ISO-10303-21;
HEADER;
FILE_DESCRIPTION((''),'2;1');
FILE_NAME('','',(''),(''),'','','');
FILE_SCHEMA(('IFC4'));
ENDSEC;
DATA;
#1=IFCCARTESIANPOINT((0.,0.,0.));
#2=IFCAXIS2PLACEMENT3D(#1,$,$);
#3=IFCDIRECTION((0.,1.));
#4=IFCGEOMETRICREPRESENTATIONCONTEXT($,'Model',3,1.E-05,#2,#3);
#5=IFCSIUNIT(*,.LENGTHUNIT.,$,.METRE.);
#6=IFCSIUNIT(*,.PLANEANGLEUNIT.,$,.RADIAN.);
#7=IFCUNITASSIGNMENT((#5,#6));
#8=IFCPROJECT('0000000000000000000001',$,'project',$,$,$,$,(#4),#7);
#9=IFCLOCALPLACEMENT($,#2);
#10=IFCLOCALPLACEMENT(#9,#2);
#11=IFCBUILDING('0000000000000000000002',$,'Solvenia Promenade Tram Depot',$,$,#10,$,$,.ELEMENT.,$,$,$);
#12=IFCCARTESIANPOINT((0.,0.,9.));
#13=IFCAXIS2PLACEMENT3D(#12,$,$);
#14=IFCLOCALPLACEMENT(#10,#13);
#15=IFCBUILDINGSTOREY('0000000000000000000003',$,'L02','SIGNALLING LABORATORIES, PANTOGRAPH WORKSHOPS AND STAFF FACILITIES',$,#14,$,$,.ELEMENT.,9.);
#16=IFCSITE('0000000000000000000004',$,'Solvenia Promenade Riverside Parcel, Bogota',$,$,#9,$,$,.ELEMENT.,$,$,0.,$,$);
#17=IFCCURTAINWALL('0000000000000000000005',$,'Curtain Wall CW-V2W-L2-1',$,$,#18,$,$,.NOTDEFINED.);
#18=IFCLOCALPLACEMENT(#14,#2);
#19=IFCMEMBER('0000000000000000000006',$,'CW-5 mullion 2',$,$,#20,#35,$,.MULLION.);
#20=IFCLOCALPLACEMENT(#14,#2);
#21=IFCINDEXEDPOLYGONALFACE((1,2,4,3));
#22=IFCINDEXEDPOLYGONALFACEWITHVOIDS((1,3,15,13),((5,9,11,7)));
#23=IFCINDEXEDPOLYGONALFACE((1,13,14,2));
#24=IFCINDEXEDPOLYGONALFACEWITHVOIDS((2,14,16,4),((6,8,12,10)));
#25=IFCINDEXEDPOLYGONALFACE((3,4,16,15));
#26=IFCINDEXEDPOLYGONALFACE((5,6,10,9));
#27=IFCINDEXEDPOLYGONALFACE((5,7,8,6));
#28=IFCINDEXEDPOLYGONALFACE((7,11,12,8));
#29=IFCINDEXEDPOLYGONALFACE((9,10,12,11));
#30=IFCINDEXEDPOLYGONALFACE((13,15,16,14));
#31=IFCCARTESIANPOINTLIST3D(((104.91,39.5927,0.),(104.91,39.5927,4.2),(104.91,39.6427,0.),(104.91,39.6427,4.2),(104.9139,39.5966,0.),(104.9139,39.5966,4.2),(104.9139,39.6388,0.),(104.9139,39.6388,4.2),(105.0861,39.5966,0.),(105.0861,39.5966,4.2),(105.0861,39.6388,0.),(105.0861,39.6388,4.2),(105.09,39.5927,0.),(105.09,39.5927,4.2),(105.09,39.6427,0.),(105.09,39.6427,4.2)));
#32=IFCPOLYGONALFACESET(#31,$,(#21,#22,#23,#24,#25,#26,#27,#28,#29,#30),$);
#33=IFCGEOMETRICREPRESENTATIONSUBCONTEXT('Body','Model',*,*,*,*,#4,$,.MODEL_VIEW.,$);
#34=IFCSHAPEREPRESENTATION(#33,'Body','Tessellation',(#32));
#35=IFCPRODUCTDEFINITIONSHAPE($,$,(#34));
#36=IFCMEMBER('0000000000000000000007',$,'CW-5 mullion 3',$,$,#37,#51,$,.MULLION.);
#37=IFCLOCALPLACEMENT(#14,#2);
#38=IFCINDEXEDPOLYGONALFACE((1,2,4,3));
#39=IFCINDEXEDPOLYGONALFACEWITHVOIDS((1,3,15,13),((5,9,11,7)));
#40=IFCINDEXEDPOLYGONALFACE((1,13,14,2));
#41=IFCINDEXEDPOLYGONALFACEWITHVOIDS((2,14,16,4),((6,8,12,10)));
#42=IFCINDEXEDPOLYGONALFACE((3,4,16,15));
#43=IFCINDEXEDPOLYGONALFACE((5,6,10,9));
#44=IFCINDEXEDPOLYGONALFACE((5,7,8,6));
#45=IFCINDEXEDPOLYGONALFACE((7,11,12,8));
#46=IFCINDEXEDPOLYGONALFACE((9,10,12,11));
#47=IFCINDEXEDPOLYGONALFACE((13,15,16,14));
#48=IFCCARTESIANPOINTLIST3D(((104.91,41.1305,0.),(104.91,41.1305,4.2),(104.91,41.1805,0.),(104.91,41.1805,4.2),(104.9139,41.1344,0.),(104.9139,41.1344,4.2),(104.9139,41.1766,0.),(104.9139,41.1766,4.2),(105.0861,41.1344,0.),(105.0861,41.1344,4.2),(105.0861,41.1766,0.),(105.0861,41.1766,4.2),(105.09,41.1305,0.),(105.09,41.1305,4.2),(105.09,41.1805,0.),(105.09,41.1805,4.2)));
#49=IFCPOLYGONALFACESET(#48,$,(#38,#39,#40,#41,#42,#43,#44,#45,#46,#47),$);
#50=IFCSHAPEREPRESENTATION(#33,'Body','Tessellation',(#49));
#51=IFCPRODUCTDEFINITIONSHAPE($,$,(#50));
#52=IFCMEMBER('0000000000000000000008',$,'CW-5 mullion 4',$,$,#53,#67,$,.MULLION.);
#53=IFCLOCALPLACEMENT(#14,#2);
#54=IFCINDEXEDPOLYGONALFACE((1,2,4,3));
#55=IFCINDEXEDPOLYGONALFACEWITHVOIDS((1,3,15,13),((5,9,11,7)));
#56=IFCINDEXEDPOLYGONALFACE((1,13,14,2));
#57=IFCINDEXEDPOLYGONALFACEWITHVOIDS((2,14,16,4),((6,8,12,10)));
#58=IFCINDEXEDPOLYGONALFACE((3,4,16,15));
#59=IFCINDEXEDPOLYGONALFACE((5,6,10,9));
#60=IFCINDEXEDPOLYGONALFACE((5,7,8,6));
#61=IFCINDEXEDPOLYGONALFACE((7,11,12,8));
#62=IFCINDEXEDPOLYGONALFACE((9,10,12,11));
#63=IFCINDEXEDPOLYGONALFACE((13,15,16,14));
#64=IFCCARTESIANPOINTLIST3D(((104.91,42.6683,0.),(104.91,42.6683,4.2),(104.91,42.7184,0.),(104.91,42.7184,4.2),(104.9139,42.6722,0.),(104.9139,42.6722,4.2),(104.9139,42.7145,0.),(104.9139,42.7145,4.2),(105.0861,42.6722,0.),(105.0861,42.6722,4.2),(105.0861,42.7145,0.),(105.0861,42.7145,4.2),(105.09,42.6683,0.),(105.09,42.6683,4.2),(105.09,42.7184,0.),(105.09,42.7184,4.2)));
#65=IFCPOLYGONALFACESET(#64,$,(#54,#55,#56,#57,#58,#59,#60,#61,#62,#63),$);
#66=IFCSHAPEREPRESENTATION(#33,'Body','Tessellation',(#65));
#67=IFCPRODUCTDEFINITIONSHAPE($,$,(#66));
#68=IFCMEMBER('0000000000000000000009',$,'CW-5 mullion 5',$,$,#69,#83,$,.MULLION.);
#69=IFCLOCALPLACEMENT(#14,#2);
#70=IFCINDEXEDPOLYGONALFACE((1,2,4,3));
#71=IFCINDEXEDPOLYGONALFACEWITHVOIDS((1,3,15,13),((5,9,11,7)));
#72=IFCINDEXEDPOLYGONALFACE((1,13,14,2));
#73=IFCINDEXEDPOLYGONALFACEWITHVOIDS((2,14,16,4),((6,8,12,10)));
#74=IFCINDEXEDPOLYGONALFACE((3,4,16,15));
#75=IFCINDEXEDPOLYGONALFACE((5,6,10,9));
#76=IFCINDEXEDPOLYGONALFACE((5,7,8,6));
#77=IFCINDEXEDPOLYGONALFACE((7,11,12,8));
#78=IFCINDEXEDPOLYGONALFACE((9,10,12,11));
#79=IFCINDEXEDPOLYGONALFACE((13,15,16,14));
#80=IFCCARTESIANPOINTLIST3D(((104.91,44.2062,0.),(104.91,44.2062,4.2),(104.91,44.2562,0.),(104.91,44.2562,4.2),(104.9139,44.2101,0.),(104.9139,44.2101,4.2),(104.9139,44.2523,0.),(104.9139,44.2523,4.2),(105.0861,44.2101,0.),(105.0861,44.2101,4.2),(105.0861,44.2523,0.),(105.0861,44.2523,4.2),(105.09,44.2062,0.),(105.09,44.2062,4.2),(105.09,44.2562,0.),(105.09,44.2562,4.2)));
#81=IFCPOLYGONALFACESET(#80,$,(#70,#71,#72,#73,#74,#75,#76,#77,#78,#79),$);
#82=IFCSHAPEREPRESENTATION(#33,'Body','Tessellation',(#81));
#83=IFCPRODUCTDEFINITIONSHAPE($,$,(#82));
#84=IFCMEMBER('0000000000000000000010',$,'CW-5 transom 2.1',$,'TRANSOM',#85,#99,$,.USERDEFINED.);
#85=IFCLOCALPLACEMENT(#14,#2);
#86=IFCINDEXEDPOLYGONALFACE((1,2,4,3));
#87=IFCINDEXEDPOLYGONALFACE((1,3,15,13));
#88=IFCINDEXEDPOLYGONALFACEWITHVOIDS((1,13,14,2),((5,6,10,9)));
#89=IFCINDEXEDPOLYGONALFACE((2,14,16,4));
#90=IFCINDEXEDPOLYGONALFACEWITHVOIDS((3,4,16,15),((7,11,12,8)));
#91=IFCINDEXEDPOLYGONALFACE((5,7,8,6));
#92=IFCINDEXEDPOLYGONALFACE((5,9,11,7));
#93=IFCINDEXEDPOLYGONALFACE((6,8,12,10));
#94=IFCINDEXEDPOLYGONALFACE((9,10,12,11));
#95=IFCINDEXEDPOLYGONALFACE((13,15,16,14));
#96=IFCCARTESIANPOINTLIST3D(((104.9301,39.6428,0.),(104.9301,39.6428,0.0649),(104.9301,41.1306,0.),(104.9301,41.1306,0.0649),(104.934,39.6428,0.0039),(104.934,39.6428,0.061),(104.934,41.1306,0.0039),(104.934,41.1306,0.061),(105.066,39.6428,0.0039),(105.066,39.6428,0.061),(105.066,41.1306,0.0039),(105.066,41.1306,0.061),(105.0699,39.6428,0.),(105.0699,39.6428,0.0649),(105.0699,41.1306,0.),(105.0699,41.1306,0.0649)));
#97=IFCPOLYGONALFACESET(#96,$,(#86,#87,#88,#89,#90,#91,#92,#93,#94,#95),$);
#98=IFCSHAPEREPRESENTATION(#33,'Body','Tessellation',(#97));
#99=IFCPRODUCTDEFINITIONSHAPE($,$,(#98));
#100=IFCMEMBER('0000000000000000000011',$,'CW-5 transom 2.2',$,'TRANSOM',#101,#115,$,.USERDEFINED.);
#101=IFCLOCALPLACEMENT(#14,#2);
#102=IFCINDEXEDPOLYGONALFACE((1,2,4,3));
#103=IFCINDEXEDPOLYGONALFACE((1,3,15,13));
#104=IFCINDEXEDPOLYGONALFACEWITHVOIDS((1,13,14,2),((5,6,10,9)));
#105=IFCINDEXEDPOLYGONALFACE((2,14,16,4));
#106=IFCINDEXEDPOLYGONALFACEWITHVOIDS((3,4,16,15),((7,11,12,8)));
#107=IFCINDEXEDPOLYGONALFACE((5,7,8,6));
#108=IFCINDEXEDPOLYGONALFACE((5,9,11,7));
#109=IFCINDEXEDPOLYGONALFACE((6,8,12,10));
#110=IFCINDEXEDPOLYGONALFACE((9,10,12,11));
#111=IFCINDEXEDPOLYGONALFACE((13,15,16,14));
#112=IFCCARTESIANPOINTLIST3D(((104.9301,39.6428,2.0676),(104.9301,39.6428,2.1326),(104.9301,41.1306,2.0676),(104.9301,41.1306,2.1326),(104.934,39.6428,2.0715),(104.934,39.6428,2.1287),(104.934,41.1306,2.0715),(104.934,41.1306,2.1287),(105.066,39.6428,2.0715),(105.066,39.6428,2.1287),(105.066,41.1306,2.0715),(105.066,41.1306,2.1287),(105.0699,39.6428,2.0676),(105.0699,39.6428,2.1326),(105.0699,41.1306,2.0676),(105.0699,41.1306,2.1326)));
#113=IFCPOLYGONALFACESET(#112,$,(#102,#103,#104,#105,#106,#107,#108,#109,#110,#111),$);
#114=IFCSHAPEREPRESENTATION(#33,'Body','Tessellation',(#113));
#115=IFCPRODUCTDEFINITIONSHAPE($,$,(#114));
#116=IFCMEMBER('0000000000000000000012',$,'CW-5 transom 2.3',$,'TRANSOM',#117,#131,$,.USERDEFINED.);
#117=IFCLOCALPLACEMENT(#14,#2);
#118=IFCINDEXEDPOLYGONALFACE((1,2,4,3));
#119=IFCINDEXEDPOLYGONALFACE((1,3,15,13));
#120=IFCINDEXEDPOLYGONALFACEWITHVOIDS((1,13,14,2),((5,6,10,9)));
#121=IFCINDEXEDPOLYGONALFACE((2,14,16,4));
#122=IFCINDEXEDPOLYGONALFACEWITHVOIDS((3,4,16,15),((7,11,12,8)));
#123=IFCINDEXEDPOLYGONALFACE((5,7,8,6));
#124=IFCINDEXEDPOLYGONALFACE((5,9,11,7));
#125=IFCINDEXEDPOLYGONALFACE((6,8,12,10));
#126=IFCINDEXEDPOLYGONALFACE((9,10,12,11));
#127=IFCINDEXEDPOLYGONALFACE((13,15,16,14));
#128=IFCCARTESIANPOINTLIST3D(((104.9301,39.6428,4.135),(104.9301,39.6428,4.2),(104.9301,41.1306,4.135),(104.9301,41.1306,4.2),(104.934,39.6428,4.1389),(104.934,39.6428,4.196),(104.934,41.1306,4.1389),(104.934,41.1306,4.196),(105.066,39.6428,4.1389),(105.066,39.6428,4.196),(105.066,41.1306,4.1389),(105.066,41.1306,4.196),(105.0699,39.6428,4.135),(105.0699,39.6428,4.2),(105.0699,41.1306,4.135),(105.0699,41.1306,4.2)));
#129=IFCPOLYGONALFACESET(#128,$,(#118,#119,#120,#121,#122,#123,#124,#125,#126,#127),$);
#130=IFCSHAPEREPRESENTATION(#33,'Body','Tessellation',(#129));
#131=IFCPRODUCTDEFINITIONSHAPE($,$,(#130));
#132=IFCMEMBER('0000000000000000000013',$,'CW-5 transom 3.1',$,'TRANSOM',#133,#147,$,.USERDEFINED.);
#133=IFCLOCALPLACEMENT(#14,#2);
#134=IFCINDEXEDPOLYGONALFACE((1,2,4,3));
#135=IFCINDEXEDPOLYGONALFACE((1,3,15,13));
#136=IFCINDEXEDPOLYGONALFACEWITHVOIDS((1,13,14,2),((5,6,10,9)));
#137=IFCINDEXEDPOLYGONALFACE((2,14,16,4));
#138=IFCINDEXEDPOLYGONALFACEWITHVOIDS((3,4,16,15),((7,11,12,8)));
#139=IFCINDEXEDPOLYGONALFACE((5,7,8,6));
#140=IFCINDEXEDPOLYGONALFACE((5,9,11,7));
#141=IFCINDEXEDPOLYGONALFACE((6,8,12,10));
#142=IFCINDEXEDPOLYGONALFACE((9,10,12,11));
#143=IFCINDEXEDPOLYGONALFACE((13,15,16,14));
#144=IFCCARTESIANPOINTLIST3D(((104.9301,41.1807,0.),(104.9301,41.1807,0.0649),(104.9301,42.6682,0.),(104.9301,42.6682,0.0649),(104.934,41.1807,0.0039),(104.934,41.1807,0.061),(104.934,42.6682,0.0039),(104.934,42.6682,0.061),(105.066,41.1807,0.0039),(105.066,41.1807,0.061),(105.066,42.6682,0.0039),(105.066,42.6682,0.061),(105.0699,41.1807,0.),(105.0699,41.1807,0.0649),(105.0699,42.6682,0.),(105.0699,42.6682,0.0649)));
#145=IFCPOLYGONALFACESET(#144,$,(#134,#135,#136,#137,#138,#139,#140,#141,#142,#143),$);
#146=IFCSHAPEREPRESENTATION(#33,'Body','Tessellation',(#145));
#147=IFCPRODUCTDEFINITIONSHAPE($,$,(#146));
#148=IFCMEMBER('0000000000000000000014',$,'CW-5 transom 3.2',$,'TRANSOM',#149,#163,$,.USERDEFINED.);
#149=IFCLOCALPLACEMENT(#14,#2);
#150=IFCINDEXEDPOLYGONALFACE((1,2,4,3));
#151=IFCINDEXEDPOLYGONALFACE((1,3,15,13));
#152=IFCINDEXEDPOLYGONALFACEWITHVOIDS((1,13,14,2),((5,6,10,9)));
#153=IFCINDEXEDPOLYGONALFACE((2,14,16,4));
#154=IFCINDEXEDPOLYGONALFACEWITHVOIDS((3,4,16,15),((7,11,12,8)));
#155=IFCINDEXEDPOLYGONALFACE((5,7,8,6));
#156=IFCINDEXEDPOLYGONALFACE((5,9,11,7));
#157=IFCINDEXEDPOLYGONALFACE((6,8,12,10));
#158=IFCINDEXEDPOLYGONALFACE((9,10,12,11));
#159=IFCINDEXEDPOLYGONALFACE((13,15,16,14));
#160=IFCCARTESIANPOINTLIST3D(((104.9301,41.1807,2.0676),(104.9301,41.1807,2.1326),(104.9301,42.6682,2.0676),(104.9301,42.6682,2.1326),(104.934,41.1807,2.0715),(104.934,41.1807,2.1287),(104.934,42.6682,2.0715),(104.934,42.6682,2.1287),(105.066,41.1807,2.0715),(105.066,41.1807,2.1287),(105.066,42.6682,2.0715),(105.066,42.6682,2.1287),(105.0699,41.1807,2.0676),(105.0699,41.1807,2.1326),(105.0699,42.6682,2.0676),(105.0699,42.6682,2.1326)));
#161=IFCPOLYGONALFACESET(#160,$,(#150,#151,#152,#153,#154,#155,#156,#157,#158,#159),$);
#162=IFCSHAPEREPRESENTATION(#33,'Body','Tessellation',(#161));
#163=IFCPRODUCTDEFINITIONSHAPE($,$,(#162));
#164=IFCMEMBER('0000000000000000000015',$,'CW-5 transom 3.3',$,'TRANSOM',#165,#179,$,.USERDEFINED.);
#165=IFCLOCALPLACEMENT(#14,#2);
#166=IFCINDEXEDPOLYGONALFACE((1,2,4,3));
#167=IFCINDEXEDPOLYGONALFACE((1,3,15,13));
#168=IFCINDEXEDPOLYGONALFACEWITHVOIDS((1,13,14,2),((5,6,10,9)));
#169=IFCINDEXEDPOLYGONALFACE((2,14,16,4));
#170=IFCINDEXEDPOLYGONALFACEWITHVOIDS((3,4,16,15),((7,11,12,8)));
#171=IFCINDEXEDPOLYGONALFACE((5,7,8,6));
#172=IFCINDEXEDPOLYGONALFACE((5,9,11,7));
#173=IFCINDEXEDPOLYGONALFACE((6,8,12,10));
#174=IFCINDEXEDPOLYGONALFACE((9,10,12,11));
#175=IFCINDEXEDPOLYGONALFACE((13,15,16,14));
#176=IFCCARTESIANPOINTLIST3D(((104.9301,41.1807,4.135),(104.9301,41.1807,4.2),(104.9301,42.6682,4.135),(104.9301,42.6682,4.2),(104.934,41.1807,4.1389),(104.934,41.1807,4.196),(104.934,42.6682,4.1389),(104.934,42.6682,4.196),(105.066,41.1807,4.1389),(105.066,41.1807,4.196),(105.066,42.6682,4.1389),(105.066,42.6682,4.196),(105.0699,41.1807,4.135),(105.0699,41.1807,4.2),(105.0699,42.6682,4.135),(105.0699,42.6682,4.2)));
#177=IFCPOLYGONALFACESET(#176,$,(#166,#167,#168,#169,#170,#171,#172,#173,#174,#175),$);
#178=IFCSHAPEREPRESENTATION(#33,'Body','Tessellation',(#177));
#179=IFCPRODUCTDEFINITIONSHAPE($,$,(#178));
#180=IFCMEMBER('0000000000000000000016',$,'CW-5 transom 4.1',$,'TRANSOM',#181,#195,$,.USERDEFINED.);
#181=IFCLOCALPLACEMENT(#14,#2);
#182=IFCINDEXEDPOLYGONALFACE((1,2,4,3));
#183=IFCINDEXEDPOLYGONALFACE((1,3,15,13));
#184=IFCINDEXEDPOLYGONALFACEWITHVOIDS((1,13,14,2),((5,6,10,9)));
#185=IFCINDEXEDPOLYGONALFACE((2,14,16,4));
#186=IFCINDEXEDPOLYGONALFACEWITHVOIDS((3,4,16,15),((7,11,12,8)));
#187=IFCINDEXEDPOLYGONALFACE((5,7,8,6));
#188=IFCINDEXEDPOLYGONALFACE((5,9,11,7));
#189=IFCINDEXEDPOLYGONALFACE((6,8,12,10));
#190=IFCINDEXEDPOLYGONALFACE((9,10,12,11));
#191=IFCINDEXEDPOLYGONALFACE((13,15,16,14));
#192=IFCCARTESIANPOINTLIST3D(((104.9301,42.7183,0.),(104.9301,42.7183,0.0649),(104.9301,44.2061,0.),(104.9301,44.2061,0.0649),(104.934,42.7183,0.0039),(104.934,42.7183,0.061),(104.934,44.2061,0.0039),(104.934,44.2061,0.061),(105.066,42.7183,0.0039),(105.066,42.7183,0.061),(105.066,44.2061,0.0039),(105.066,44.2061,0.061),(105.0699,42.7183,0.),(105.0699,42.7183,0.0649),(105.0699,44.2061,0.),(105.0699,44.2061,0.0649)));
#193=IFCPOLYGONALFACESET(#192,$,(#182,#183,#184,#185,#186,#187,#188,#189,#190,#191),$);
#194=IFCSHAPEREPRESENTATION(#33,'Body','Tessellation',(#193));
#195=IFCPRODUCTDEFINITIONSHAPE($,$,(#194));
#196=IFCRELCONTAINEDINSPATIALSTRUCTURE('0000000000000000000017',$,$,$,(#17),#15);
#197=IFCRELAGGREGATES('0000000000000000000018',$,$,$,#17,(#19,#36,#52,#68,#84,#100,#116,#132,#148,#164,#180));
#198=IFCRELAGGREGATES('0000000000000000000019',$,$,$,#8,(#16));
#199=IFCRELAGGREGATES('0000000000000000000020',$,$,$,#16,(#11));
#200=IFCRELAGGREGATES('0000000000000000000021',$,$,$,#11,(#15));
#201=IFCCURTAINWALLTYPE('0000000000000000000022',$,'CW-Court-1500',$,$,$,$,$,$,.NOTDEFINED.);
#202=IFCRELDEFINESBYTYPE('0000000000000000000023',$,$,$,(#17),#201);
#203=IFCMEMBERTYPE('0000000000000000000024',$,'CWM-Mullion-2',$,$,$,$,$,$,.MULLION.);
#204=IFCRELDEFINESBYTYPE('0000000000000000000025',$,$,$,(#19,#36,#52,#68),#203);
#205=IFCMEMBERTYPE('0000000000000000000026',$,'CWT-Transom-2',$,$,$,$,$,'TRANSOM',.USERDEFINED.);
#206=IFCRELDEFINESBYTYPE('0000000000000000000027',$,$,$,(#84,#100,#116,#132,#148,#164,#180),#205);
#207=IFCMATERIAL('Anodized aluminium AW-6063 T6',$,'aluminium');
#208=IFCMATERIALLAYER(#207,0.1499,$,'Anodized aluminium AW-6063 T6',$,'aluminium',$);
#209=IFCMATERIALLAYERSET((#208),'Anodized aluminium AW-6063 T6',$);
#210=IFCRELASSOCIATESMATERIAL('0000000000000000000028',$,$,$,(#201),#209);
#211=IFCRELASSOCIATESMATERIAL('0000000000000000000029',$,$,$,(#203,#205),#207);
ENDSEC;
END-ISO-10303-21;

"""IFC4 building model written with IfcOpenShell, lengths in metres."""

from ifc_helpers import new_model, si_unit, direction, frame, origin, origin_2d, place, context, subcontext, project, spatial, hollow_rectangle, extrude, material, layer, layer_set, material_profile, profile_set, type_object, element, aggregate, save


model = new_model("IFC4")

# Units and contexts
model_context = context("Model", 3, precision=1e-05, world=origin(), true_north=direction((0.0, 1.0)))
body_context = subcontext(model_context, "Body", "Model", "MODEL_VIEW")
ifc_project = project(units=[si_unit("LENGTHUNIT", "METRE"), si_unit("PLANEANGLEUNIT", "RADIAN")], contexts=[model_context])

# Site, building, storey
site_placement = place(None, origin())
site = spatial("IfcSite", under=ifc_project, at=site_placement, Name="Solvenia Promenade Riverside Parcel, Bogota", CompositionType="ELEMENT", RefElevation=0.0)
building_placement = place(site_placement, origin())
building = spatial("IfcBuilding", under=site, at=building_placement, Name="Solvenia Promenade Tram Depot", CompositionType="ELEMENT")
storey_placement = place(building_placement, frame((0.0, 0.0, 9.0)))
storey = spatial("IfcBuildingStorey", under=building, at=storey_placement, Name="L02", Description="SIGNALLING LABORATORIES, PANTOGRAPH WORKSHOPS AND STAFF FACILITIES", CompositionType="ELEMENT", Elevation=9.0)

# Curtain wall, members
ifc_material_1 = material(Name="Anodized aluminium AW-6063 T6", Category="aluminium")
ifc_layer_1 = layer(ifc_material_1, 0.1499, Name="Anodized aluminium AW-6063 T6", Category="aluminium")
ifc_layer_set_1 = layer_set([ifc_layer_1], Name="Anodized aluminium AW-6063 T6")
curtain_wall_type = type_object("IfcCurtainWallType", Name="CW-Court-1500", PredefinedType="NOTDEFINED", material=ifc_layer_set_1)
curtain_wall_placement = place(storey_placement, origin())
curtain_wall = element("IfcCurtainWall", 1, at=curtain_wall_placement, inside=storey, type_object=curtain_wall_type, Name="Curtain Wall CW-V2W-L2-1", PredefinedType="NOTDEFINED")
ifc_material_profile_1 = material_profile(ifc_material_1, hollow_rectangle(XDim=0.1799, YDim=0.05, WallThickness=0.0039, at=origin_2d()), Name="ALU-M2", Category="aluminium")
ifc_profile_set_1 = profile_set([ifc_material_profile_1], Name="Anodized aluminium AW-6063 T6")
member_type_1 = type_object("IfcMemberType", Name="CWM-Mullion-2", PredefinedType="MULLION", material=ifc_profile_set_1)
member_1_placement = place(storey_placement, frame((105.0, 39.6177, 0.0), z_axis=(0.0, 0.0, 1.0), x_axis=(-1.0, 0.0, 0.0)))
member_1 = element("IfcMember", 2, at=member_1_placement, type_object=member_type_1, Name="CW-5 mullion 2", PredefinedType="MULLION", context=body_context, shape_type="SweptSolid", body=[
    extrude(hollow_rectangle(XDim=0.1799, YDim=0.05, WallThickness=0.0039, at=origin_2d()), origin(), (0.0, 0.0, 1.0), 4.2),
])
member_2_placement = place(storey_placement, frame((105.0, 41.1555, 0.0), z_axis=(0.0, 0.0, 1.0), x_axis=(-1.0, 0.0, 0.0)))
member_2 = element("IfcMember", 3, at=member_2_placement, type_object=member_type_1, Name="CW-5 mullion 3", PredefinedType="MULLION", context=body_context, shape_type="SweptSolid", body=[
    extrude(hollow_rectangle(XDim=0.1799, YDim=0.05, WallThickness=0.0039, at=origin_2d()), origin(), (0.0, 0.0, 1.0), 4.2),
])
member_3_placement = place(storey_placement, frame((105.0, 42.6934, 0.0), z_axis=(0.0, 0.0, 1.0), x_axis=(-1.0, 0.0, 0.0)))
member_3 = element("IfcMember", 4, at=member_3_placement, type_object=member_type_1, Name="CW-5 mullion 4", PredefinedType="MULLION", context=body_context, shape_type="SweptSolid", body=[
    extrude(hollow_rectangle(XDim=0.1799, YDim=0.05, WallThickness=0.0039, at=origin_2d()), origin(), (0.0, 0.0, 1.0), 4.2),
])
member_4_placement = place(storey_placement, frame((105.0, 44.2312, 0.0), z_axis=(0.0, 0.0, 1.0), x_axis=(-1.0, 0.0, 0.0)))
member_4 = element("IfcMember", 5, at=member_4_placement, type_object=member_type_1, Name="CW-5 mullion 5", PredefinedType="MULLION", context=body_context, shape_type="SweptSolid", body=[
    extrude(hollow_rectangle(XDim=0.1799, YDim=0.05, WallThickness=0.0039, at=origin_2d()), origin(), (0.0, 0.0, 1.0), 4.2),
])
ifc_material_profile_2 = material_profile(ifc_material_1, hollow_rectangle(XDim=0.1399, YDim=0.0649, WallThickness=0.0039, at=origin_2d()), Name="ALU-T2", Category="aluminium")
ifc_profile_set_2 = profile_set([ifc_material_profile_2], Name="Anodized aluminium AW-6063 T6")
member_type_2 = type_object("IfcMemberType", Name="CWT-Transom-2", ElementType="TRANSOM", PredefinedType="USERDEFINED", material=ifc_profile_set_2)
member_5_placement = place(storey_placement, frame((105.0, 39.6428, 0.0325), z_axis=(0.0, 1.0, 0.0), x_axis=(-1.0, 0.0, 0.0)))
member_5 = element("IfcMember", 6, at=member_5_placement, type_object=member_type_2, Name="CW-5 transom 2.1", ObjectType="TRANSOM", PredefinedType="USERDEFINED", context=body_context, shape_type="SweptSolid", body=[
    extrude(hollow_rectangle(XDim=0.1399, YDim=0.0649, WallThickness=0.0039, at=origin_2d()), origin(), (0.0, 0.0, 1.0), 1.4878),
])
member_6_placement = place(storey_placement, frame((105.0, 39.6428, 2.1001), z_axis=(0.0, 1.0, 0.0), x_axis=(-1.0, 0.0, 0.0)))
member_6 = element("IfcMember", 7, at=member_6_placement, type_object=member_type_2, Name="CW-5 transom 2.2", ObjectType="TRANSOM", PredefinedType="USERDEFINED", context=body_context, shape_type="SweptSolid", body=[
    extrude(hollow_rectangle(XDim=0.1399, YDim=0.0649, WallThickness=0.0039, at=origin_2d()), origin(), (0.0, 0.0, 1.0), 1.4878),
])
member_7_placement = place(storey_placement, frame((105.0, 39.6428, 4.1675), z_axis=(0.0, 1.0, 0.0), x_axis=(-1.0, 0.0, 0.0)))
member_7 = element("IfcMember", 8, at=member_7_placement, type_object=member_type_2, Name="CW-5 transom 2.3", ObjectType="TRANSOM", PredefinedType="USERDEFINED", context=body_context, shape_type="SweptSolid", body=[
    extrude(hollow_rectangle(XDim=0.1399, YDim=0.0649, WallThickness=0.0039, at=origin_2d()), origin(), (0.0, 0.0, 1.0), 1.4878),
])
member_8_placement = place(storey_placement, frame((105.0, 41.1807, 0.0325), z_axis=(0.0, 1.0, 0.0), x_axis=(-1.0, 0.0, 0.0)))
member_8 = element("IfcMember", 9, at=member_8_placement, type_object=member_type_2, Name="CW-5 transom 3.1", ObjectType="TRANSOM", PredefinedType="USERDEFINED", context=body_context, shape_type="SweptSolid", body=[
    extrude(hollow_rectangle(XDim=0.1399, YDim=0.0649, WallThickness=0.0039, at=origin_2d()), origin(), (0.0, 0.0, 1.0), 1.4875),
])
member_9_placement = place(storey_placement, frame((105.0, 41.1807, 2.1001), z_axis=(0.0, 1.0, 0.0), x_axis=(-1.0, 0.0, 0.0)))
member_9 = element("IfcMember", 10, at=member_9_placement, type_object=member_type_2, Name="CW-5 transom 3.2", ObjectType="TRANSOM", PredefinedType="USERDEFINED", context=body_context, shape_type="SweptSolid", body=[
    extrude(hollow_rectangle(XDim=0.1399, YDim=0.0649, WallThickness=0.0039, at=origin_2d()), origin(), (0.0, 0.0, 1.0), 1.4875),
])
member_10_placement = place(storey_placement, frame((105.0, 41.1807, 4.1675), z_axis=(0.0, 1.0, 0.0), x_axis=(-1.0, 0.0, 0.0)))
member_10 = element("IfcMember", 11, at=member_10_placement, type_object=member_type_2, Name="CW-5 transom 3.3", ObjectType="TRANSOM", PredefinedType="USERDEFINED", context=body_context, shape_type="SweptSolid", body=[
    extrude(hollow_rectangle(XDim=0.1399, YDim=0.0649, WallThickness=0.0039, at=origin_2d()), origin(), (0.0, 0.0, 1.0), 1.4875),
])
member_11_placement = place(storey_placement, frame((105.0, 42.7183, 0.0325), z_axis=(0.0, 1.0, 0.0), x_axis=(-1.0, 0.0, 0.0)))
member_11 = element("IfcMember", 12, at=member_11_placement, type_object=member_type_2, Name="CW-5 transom 4.1", ObjectType="TRANSOM", PredefinedType="USERDEFINED", context=body_context, shape_type="SweptSolid", body=[
    extrude(hollow_rectangle(XDim=0.1399, YDim=0.0649, WallThickness=0.0039, at=origin_2d()), origin(), (0.0, 0.0, 1.0), 1.4878),
])
aggregate(curtain_wall, [member_1, member_2, member_3, member_4, member_5, member_6, member_7, member_8, member_9, member_10, member_11])

save(model, "model.ifc")
